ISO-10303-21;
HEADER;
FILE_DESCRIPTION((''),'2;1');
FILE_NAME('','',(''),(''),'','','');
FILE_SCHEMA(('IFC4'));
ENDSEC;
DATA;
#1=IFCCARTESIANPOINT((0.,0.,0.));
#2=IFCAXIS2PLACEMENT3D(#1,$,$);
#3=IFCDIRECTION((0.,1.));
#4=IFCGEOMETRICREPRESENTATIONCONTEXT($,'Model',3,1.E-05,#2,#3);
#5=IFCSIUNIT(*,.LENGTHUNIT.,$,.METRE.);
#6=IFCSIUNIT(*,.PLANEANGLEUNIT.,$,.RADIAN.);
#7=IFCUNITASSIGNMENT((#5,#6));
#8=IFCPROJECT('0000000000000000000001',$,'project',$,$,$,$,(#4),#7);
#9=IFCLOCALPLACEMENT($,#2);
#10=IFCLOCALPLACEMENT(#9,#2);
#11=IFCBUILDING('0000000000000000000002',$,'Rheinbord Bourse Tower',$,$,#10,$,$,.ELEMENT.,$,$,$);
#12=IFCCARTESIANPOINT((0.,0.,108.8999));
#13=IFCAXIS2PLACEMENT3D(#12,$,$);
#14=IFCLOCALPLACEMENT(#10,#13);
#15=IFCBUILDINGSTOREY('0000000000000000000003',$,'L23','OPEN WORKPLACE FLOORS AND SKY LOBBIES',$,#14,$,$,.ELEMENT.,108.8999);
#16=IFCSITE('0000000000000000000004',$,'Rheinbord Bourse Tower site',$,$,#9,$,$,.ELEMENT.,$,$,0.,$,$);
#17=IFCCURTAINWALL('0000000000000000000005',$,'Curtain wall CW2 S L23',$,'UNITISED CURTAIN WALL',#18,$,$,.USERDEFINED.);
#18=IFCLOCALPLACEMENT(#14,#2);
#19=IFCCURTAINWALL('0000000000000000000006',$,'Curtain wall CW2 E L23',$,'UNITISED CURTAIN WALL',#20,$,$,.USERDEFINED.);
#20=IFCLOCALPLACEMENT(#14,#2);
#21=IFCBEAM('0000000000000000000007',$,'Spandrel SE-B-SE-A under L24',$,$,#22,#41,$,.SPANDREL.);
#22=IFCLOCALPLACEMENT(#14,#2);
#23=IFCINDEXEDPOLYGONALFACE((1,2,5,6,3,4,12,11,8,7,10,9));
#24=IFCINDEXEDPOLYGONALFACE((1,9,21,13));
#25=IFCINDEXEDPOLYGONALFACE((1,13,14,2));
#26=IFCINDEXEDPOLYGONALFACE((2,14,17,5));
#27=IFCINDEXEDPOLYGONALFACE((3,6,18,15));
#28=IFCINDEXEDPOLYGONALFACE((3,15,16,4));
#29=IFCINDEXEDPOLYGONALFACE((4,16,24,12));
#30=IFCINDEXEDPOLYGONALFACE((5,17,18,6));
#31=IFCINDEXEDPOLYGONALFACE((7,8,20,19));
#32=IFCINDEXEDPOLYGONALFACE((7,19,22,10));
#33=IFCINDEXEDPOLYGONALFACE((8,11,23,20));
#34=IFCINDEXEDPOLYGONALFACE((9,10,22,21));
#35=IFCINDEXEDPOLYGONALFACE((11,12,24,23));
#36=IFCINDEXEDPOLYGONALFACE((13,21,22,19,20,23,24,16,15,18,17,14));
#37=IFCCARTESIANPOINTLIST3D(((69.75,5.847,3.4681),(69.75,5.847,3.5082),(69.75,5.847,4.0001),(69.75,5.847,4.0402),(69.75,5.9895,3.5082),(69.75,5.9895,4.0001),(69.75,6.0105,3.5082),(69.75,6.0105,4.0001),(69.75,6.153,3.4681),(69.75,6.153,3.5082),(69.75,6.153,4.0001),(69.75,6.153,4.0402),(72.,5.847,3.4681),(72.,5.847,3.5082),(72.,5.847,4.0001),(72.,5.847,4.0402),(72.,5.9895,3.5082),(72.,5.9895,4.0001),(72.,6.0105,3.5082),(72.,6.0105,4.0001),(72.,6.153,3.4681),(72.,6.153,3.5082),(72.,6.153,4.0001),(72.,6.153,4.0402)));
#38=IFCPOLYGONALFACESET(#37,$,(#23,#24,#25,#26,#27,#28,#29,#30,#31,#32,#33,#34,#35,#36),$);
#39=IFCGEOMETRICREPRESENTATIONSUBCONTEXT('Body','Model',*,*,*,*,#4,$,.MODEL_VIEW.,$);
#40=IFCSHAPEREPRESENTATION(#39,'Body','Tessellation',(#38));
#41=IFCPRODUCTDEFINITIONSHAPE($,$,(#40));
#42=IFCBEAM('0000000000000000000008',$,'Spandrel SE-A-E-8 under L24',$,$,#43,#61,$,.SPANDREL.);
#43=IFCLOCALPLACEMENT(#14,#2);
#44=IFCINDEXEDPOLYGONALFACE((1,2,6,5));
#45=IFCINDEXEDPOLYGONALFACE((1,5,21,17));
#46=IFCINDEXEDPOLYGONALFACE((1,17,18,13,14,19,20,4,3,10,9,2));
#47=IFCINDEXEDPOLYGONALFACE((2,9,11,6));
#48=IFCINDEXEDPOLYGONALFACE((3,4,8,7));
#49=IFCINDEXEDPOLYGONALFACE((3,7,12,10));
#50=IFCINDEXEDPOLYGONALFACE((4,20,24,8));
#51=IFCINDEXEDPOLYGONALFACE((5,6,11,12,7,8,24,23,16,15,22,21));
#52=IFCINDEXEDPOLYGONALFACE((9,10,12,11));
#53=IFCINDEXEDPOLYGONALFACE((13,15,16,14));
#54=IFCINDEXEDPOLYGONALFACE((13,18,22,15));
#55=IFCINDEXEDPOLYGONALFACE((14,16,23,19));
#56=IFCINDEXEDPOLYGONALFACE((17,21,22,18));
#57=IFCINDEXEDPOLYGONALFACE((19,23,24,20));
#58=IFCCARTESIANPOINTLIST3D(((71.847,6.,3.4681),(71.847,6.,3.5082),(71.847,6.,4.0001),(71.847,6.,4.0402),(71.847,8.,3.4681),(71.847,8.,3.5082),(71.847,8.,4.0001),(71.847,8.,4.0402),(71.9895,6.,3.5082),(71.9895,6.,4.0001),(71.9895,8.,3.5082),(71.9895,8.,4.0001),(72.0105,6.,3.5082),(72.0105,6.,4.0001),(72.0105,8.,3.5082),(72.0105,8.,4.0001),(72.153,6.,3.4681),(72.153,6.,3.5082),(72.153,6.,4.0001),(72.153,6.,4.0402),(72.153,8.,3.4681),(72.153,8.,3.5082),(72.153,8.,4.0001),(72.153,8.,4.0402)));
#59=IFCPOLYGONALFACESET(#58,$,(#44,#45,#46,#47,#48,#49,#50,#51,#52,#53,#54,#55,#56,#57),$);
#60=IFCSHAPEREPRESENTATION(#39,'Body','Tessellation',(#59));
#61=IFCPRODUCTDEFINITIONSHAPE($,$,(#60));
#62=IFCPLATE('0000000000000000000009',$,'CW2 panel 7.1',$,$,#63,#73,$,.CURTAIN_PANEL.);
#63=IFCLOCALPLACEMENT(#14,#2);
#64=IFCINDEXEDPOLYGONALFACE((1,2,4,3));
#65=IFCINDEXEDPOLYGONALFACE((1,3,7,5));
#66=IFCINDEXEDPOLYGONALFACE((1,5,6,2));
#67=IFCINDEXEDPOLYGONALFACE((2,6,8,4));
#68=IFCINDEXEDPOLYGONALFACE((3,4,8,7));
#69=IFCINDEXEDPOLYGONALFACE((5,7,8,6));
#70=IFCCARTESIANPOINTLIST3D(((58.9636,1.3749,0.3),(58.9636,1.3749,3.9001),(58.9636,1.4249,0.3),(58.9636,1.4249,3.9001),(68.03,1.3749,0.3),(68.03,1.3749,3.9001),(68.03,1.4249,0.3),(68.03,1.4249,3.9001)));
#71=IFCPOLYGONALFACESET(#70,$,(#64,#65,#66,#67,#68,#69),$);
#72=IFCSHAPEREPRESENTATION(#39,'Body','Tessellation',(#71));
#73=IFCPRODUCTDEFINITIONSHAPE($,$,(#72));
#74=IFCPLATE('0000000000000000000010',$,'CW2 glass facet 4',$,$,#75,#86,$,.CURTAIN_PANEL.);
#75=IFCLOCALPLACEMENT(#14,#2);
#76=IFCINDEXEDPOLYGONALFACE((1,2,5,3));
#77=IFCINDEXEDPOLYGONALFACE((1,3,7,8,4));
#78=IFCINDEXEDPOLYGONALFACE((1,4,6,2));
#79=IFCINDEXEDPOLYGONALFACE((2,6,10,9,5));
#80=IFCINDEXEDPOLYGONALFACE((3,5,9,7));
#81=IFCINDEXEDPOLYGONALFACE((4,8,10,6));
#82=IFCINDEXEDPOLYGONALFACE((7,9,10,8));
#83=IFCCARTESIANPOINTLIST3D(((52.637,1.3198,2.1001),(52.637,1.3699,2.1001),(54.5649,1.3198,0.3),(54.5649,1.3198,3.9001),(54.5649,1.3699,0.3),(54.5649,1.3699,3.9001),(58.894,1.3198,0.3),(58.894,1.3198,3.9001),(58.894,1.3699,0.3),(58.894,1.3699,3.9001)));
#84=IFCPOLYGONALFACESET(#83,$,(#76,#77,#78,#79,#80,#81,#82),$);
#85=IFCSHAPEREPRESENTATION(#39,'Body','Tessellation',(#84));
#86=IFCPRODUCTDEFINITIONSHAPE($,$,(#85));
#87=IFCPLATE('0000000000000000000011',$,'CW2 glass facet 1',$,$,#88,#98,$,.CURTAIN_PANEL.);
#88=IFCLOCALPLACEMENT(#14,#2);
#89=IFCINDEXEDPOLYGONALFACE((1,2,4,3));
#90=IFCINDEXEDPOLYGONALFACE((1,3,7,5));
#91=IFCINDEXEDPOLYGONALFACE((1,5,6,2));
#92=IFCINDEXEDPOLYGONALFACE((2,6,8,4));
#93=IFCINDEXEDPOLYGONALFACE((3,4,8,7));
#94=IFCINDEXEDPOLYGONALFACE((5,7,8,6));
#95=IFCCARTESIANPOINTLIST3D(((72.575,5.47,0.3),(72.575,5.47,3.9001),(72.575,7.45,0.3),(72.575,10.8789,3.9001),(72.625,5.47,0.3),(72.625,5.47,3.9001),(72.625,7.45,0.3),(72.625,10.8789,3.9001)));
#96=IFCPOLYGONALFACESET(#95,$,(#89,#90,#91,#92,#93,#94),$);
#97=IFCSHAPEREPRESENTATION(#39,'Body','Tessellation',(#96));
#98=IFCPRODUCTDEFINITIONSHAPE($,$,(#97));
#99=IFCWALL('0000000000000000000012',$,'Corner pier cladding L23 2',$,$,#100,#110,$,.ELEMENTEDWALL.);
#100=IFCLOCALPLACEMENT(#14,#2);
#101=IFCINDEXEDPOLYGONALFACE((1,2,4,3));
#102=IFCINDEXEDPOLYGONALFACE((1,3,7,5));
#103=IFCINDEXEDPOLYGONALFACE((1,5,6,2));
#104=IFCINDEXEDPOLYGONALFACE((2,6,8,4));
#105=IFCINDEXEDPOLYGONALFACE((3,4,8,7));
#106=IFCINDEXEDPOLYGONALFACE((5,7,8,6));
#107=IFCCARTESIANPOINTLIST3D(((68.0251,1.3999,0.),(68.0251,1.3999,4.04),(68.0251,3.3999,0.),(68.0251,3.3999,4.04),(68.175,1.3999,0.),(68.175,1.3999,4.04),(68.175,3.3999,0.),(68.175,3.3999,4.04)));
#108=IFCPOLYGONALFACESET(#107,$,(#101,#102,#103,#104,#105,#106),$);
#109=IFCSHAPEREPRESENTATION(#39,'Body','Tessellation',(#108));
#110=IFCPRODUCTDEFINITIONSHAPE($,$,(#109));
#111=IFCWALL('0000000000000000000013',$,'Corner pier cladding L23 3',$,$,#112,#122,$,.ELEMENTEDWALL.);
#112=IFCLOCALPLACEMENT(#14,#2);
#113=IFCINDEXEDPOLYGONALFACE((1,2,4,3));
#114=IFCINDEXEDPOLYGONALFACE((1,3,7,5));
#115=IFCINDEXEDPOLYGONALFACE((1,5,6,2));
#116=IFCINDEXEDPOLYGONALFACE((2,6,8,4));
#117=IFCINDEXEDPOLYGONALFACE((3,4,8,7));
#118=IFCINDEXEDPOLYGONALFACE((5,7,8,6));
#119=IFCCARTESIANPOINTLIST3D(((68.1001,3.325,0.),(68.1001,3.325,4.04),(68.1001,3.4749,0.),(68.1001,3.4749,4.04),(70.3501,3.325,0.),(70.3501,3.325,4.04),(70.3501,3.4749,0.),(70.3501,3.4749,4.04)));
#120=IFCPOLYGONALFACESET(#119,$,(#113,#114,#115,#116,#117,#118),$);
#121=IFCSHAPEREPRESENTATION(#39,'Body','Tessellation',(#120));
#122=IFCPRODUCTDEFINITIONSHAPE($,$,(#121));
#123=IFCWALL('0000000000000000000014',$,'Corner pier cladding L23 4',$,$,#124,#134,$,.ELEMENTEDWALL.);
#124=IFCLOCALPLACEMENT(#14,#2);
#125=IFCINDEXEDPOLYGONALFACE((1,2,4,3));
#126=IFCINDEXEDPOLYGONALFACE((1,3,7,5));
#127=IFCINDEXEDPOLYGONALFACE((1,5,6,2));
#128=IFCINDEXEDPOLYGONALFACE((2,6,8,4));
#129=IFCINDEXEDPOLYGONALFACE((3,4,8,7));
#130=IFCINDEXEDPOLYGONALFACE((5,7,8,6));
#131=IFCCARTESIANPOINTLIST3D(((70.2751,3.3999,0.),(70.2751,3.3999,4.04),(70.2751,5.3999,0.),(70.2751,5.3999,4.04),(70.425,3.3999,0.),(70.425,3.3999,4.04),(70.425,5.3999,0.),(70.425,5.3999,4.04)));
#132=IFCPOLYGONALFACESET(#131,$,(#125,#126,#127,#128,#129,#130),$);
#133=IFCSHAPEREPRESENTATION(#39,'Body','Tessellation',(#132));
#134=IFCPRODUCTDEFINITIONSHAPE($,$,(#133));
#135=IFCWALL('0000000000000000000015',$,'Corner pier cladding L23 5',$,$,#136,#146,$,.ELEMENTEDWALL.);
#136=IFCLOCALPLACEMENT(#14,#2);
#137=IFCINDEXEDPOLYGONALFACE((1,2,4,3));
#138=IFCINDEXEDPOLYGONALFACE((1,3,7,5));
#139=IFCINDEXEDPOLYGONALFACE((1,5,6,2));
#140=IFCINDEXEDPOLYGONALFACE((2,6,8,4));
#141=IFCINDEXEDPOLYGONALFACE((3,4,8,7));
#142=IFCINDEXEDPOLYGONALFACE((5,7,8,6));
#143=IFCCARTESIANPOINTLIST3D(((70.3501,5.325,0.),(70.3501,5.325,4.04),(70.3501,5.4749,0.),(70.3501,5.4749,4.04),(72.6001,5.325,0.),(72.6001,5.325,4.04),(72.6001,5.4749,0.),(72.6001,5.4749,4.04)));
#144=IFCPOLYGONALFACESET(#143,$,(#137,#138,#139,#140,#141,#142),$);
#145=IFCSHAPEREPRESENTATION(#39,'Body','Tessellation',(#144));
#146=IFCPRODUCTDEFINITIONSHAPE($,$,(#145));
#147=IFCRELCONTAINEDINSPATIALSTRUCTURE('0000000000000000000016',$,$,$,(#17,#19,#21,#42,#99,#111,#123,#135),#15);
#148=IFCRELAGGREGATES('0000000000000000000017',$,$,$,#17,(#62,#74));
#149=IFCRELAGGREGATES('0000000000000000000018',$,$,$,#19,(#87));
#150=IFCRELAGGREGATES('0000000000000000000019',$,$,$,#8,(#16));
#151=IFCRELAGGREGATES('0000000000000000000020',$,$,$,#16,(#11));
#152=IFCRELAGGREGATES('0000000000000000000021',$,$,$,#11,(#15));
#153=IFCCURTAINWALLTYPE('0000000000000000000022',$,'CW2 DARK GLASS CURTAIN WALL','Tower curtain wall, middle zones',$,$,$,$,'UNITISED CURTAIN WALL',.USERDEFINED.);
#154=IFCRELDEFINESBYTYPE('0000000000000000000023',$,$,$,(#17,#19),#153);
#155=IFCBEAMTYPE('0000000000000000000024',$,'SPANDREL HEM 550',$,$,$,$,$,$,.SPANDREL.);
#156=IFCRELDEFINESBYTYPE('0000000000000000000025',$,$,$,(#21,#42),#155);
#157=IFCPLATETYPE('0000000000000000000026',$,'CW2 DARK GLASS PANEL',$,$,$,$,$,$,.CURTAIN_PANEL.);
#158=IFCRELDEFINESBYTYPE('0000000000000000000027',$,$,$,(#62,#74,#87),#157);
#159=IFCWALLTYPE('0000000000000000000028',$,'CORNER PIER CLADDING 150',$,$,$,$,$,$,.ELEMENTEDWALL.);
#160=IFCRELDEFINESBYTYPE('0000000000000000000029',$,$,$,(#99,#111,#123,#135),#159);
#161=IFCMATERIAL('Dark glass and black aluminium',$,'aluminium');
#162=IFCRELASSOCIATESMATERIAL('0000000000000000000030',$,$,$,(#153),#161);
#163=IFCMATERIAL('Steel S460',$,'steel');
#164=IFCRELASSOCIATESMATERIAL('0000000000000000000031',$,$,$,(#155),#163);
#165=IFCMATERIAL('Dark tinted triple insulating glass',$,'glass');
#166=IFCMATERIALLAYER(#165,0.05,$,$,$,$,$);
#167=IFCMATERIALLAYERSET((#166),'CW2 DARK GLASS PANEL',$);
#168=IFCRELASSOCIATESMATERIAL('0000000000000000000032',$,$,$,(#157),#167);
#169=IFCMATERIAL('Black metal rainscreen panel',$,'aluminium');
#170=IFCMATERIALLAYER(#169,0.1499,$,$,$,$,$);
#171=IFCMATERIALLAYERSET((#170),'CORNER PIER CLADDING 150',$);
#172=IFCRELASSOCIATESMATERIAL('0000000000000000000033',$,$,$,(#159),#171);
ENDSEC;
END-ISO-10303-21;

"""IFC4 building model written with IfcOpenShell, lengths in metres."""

from ifc_helpers import new_model, si_unit, direction, frame, frame_2d, origin, origin_2d, place, context, subcontext, project, spatial, polyline, rectangle, i_section, outline, extrude, material, layer, layer_set, material_profile, profile_set, type_object, element, aggregate, save


model = new_model("IFC4")

# Units and contexts
model_context = context("Model", 3, precision=1e-05, world=origin(), true_north=direction((0.0, 1.0)))
body_context = subcontext(model_context, "Body", "Model", "MODEL_VIEW")
ifc_project = project(units=[si_unit("LENGTHUNIT", "METRE"), si_unit("PLANEANGLEUNIT", "RADIAN")], contexts=[model_context])

# Site, building, storey
site_placement = place(None, origin())
site = spatial("IfcSite", under=ifc_project, at=site_placement, Name="Rheinbord Bourse Tower site", CompositionType="ELEMENT", RefElevation=0.0)
building_placement = place(site_placement, origin())
building = spatial("IfcBuilding", under=site, at=building_placement, Name="Rheinbord Bourse Tower", CompositionType="ELEMENT")
storey_placement = place(building_placement, frame((0.0, 0.0, 108.8999)))
storey = spatial("IfcBuildingStorey", under=building, at=storey_placement, Name="L23", Description="OPEN WORKPLACE FLOORS AND SKY LOBBIES", CompositionType="ELEMENT", Elevation=108.8999)

# Curtain wall
ifc_material_1 = material(Name="Dark glass and black aluminium", Category="aluminium")
curtain_wall_type = type_object("IfcCurtainWallType", Name="CW2 DARK GLASS CURTAIN WALL", Description="Tower curtain wall, middle zones", ElementType="UNITISED CURTAIN WALL", PredefinedType="USERDEFINED", material=ifc_material_1)
curtain_wall_1_placement = place(storey_placement, origin())
curtain_wall_1 = element("IfcCurtainWall", 1, at=curtain_wall_1_placement, inside=storey, type_object=curtain_wall_type, Name="Curtain wall CW2 S L23", ObjectType="UNITISED CURTAIN WALL", PredefinedType="USERDEFINED")

# Curtain wall
curtain_wall_2_placement = place(storey_placement, origin())
curtain_wall_2 = element("IfcCurtainWall", 2, at=curtain_wall_2_placement, inside=storey, type_object=curtain_wall_type, Name="Curtain wall CW2 E L23", ObjectType="UNITISED CURTAIN WALL", PredefinedType="USERDEFINED")

# Beams
ifc_material_2 = material(Name="Steel S460", Category="steel")
ifc_material_profile_1 = material_profile(ifc_material_2, i_section(OverallWidth=0.3059, OverallDepth=0.572, WebThickness=0.021, FlangeThickness=0.04, at=origin_2d()), Name="HEM 550")
ifc_profile_set_1 = profile_set([ifc_material_profile_1], Name="Steel S460")
beam_type_1 = type_object("IfcBeamType", Name="SPANDREL HEM 550", PredefinedType="SPANDREL", material=ifc_profile_set_1)
beam_1_placement = place(storey_placement, frame((69.75, 6.0, 3.7542), z_axis=(1.0, 0.0, 0.0), x_axis=(0.0, 1.0, 0.0)))
element("IfcBeam", 3, at=beam_1_placement, inside=storey, type_object=beam_type_1, Name="Spandrel SE-B-SE-A under L24", PredefinedType="SPANDREL", context=body_context, shape_type="SweptSolid", body=[
    extrude(i_section(OverallWidth=0.3059, OverallDepth=0.572, WebThickness=0.021, FlangeThickness=0.04, at=origin_2d()), origin(), (0.0, 0.0, 1.0), 2.25),
])
beam_2_placement = place(storey_placement, frame((72.0, 6.0, 3.7542), z_axis=(0.0, 1.0, 0.0), x_axis=(-1.0, 0.0, 0.0)))
element("IfcBeam", 4, at=beam_2_placement, inside=storey, type_object=beam_type_1, Name="Spandrel SE-A-E-8 under L24", PredefinedType="SPANDREL", context=body_context, shape_type="SweptSolid", body=[
    extrude(i_section(OverallWidth=0.3059, OverallDepth=0.572, WebThickness=0.021, FlangeThickness=0.04, at=origin_2d()), origin(), (0.0, 0.0, 1.0), 2.0),
])

# Plates
ifc_material_3 = material(Name="Dark tinted triple insulating glass", Category="glass")
ifc_layer_1 = layer(ifc_material_3, 0.05)
ifc_layer_set_1 = layer_set([ifc_layer_1], Name="CW2 DARK GLASS PANEL")
plate_type = type_object("IfcPlateType", Name="CW2 DARK GLASS PANEL", PredefinedType="CURTAIN_PANEL", material=ifc_layer_set_1)
plate_1_placement = place(storey_placement, frame((63.4968, 1.3999, 0.3), z_axis=(0.0, 0.0, 1.0), x_axis=(1.0, 0.0, 0.0)))
plate_1 = element("IfcPlate", 5, at=plate_1_placement, type_object=plate_type, Name="CW2 panel 7.1", PredefinedType="CURTAIN_PANEL", context=body_context, shape_type="SweptSolid", body=[
    extrude(rectangle(XDim=9.0664, YDim=0.05, at=origin_2d()), origin(), (0.0, 0.0, 1.0), 3.6001),
])
plate_2_placement = place(storey_placement, frame((58.894, 1.3198, 3.9001), z_axis=(0.0, 1.0, 0.0), x_axis=(0.0, 0.0, -1.0)))
plate_2 = element("IfcPlate", 6, at=plate_2_placement, type_object=plate_type, Name="CW2 glass facet 4", PredefinedType="CURTAIN_PANEL", context=body_context, shape_type="SweptSolid", body=[
    extrude(outline(polyline([(0.0, 0.0), (3.6001, 0.0), (3.6001, 4.3291), (1.8, 6.2571), (0.0, 4.3291), (0.0, 0.0)])), origin(), (0.0, 0.0, 1.0), 0.05),
])
aggregate(curtain_wall_1, [plate_1, plate_2])
plate_3_placement = place(storey_placement, frame((72.625, 5.47, 0.3), z_axis=(-1.0, 0.0, 0.0), x_axis=(0.0, 0.0, 1.0)))
plate_3 = element("IfcPlate", 7, at=plate_3_placement, type_object=plate_type, Name="CW2 glass facet 1", PredefinedType="CURTAIN_PANEL", context=body_context, shape_type="SweptSolid", body=[
    extrude(outline(polyline([(0.0, 0.0), (3.6001, 0.0), (3.6001, 5.4089), (0.0, 1.98), (0.0, 0.0)])), origin(), (0.0, 0.0, 1.0), 0.05),
])
aggregate(curtain_wall_2, [plate_3])

# Walls
ifc_material_4 = material(Name="Black metal rainscreen panel", Category="aluminium")
ifc_layer_2 = layer(ifc_material_4, 0.1499)
ifc_layer_set_2 = layer_set([ifc_layer_2], Name="CORNER PIER CLADDING 150")
wall_type = type_object("IfcWallType", Name="CORNER PIER CLADDING 150", PredefinedType="ELEMENTEDWALL", material=ifc_layer_set_2)
wall_1_placement = place(storey_placement, frame((68.1001, 1.3999, 0.0), z_axis=(0.0, 0.0, 1.0), x_axis=(0.0, 1.0, 0.0)))
element("IfcWall", 8, at=wall_1_placement, inside=storey, type_object=wall_type, Name="Corner pier cladding L23 2", PredefinedType="ELEMENTEDWALL", context=body_context, shape_type="SweptSolid", body=[
    extrude(rectangle(XDim=2.0, YDim=0.1499, at=frame_2d((1.0, 0.0))), origin(), (0.0, 0.0, 1.0), 4.04),
])
wall_2_placement = place(storey_placement, frame((68.1001, 3.3999, 0.0), z_axis=(0.0, 0.0, 1.0), x_axis=(1.0, 0.0, 0.0)))
element("IfcWall", 9, at=wall_2_placement, inside=storey, type_object=wall_type, Name="Corner pier cladding L23 3", PredefinedType="ELEMENTEDWALL", context=body_context, shape_type="SweptSolid", body=[
    extrude(rectangle(XDim=2.25, YDim=0.1499, at=frame_2d((1.125, 0.0))), origin(), (0.0, 0.0, 1.0), 4.04),
])
wall_3_placement = place(storey_placement, frame((70.3501, 3.3999, 0.0), z_axis=(0.0, 0.0, 1.0), x_axis=(0.0, 1.0, 0.0)))
element("IfcWall", 10, at=wall_3_placement, inside=storey, type_object=wall_type, Name="Corner pier cladding L23 4", PredefinedType="ELEMENTEDWALL", context=body_context, shape_type="SweptSolid", body=[
    extrude(rectangle(XDim=2.0, YDim=0.1499, at=frame_2d((1.0, 0.0))), origin(), (0.0, 0.0, 1.0), 4.04),
])
wall_4_placement = place(storey_placement, frame((70.3501, 5.3999, 0.0), z_axis=(0.0, 0.0, 1.0), x_axis=(1.0, 0.0, 0.0)))
element("IfcWall", 11, at=wall_4_placement, inside=storey, type_object=wall_type, Name="Corner pier cladding L23 5", PredefinedType="ELEMENTEDWALL", context=body_context, shape_type="SweptSolid", body=[
    extrude(rectangle(XDim=2.25, YDim=0.1499, at=frame_2d((1.125, 0.0))), origin(), (0.0, 0.0, 1.0), 4.04),
])

save(model, "model.ifc")
